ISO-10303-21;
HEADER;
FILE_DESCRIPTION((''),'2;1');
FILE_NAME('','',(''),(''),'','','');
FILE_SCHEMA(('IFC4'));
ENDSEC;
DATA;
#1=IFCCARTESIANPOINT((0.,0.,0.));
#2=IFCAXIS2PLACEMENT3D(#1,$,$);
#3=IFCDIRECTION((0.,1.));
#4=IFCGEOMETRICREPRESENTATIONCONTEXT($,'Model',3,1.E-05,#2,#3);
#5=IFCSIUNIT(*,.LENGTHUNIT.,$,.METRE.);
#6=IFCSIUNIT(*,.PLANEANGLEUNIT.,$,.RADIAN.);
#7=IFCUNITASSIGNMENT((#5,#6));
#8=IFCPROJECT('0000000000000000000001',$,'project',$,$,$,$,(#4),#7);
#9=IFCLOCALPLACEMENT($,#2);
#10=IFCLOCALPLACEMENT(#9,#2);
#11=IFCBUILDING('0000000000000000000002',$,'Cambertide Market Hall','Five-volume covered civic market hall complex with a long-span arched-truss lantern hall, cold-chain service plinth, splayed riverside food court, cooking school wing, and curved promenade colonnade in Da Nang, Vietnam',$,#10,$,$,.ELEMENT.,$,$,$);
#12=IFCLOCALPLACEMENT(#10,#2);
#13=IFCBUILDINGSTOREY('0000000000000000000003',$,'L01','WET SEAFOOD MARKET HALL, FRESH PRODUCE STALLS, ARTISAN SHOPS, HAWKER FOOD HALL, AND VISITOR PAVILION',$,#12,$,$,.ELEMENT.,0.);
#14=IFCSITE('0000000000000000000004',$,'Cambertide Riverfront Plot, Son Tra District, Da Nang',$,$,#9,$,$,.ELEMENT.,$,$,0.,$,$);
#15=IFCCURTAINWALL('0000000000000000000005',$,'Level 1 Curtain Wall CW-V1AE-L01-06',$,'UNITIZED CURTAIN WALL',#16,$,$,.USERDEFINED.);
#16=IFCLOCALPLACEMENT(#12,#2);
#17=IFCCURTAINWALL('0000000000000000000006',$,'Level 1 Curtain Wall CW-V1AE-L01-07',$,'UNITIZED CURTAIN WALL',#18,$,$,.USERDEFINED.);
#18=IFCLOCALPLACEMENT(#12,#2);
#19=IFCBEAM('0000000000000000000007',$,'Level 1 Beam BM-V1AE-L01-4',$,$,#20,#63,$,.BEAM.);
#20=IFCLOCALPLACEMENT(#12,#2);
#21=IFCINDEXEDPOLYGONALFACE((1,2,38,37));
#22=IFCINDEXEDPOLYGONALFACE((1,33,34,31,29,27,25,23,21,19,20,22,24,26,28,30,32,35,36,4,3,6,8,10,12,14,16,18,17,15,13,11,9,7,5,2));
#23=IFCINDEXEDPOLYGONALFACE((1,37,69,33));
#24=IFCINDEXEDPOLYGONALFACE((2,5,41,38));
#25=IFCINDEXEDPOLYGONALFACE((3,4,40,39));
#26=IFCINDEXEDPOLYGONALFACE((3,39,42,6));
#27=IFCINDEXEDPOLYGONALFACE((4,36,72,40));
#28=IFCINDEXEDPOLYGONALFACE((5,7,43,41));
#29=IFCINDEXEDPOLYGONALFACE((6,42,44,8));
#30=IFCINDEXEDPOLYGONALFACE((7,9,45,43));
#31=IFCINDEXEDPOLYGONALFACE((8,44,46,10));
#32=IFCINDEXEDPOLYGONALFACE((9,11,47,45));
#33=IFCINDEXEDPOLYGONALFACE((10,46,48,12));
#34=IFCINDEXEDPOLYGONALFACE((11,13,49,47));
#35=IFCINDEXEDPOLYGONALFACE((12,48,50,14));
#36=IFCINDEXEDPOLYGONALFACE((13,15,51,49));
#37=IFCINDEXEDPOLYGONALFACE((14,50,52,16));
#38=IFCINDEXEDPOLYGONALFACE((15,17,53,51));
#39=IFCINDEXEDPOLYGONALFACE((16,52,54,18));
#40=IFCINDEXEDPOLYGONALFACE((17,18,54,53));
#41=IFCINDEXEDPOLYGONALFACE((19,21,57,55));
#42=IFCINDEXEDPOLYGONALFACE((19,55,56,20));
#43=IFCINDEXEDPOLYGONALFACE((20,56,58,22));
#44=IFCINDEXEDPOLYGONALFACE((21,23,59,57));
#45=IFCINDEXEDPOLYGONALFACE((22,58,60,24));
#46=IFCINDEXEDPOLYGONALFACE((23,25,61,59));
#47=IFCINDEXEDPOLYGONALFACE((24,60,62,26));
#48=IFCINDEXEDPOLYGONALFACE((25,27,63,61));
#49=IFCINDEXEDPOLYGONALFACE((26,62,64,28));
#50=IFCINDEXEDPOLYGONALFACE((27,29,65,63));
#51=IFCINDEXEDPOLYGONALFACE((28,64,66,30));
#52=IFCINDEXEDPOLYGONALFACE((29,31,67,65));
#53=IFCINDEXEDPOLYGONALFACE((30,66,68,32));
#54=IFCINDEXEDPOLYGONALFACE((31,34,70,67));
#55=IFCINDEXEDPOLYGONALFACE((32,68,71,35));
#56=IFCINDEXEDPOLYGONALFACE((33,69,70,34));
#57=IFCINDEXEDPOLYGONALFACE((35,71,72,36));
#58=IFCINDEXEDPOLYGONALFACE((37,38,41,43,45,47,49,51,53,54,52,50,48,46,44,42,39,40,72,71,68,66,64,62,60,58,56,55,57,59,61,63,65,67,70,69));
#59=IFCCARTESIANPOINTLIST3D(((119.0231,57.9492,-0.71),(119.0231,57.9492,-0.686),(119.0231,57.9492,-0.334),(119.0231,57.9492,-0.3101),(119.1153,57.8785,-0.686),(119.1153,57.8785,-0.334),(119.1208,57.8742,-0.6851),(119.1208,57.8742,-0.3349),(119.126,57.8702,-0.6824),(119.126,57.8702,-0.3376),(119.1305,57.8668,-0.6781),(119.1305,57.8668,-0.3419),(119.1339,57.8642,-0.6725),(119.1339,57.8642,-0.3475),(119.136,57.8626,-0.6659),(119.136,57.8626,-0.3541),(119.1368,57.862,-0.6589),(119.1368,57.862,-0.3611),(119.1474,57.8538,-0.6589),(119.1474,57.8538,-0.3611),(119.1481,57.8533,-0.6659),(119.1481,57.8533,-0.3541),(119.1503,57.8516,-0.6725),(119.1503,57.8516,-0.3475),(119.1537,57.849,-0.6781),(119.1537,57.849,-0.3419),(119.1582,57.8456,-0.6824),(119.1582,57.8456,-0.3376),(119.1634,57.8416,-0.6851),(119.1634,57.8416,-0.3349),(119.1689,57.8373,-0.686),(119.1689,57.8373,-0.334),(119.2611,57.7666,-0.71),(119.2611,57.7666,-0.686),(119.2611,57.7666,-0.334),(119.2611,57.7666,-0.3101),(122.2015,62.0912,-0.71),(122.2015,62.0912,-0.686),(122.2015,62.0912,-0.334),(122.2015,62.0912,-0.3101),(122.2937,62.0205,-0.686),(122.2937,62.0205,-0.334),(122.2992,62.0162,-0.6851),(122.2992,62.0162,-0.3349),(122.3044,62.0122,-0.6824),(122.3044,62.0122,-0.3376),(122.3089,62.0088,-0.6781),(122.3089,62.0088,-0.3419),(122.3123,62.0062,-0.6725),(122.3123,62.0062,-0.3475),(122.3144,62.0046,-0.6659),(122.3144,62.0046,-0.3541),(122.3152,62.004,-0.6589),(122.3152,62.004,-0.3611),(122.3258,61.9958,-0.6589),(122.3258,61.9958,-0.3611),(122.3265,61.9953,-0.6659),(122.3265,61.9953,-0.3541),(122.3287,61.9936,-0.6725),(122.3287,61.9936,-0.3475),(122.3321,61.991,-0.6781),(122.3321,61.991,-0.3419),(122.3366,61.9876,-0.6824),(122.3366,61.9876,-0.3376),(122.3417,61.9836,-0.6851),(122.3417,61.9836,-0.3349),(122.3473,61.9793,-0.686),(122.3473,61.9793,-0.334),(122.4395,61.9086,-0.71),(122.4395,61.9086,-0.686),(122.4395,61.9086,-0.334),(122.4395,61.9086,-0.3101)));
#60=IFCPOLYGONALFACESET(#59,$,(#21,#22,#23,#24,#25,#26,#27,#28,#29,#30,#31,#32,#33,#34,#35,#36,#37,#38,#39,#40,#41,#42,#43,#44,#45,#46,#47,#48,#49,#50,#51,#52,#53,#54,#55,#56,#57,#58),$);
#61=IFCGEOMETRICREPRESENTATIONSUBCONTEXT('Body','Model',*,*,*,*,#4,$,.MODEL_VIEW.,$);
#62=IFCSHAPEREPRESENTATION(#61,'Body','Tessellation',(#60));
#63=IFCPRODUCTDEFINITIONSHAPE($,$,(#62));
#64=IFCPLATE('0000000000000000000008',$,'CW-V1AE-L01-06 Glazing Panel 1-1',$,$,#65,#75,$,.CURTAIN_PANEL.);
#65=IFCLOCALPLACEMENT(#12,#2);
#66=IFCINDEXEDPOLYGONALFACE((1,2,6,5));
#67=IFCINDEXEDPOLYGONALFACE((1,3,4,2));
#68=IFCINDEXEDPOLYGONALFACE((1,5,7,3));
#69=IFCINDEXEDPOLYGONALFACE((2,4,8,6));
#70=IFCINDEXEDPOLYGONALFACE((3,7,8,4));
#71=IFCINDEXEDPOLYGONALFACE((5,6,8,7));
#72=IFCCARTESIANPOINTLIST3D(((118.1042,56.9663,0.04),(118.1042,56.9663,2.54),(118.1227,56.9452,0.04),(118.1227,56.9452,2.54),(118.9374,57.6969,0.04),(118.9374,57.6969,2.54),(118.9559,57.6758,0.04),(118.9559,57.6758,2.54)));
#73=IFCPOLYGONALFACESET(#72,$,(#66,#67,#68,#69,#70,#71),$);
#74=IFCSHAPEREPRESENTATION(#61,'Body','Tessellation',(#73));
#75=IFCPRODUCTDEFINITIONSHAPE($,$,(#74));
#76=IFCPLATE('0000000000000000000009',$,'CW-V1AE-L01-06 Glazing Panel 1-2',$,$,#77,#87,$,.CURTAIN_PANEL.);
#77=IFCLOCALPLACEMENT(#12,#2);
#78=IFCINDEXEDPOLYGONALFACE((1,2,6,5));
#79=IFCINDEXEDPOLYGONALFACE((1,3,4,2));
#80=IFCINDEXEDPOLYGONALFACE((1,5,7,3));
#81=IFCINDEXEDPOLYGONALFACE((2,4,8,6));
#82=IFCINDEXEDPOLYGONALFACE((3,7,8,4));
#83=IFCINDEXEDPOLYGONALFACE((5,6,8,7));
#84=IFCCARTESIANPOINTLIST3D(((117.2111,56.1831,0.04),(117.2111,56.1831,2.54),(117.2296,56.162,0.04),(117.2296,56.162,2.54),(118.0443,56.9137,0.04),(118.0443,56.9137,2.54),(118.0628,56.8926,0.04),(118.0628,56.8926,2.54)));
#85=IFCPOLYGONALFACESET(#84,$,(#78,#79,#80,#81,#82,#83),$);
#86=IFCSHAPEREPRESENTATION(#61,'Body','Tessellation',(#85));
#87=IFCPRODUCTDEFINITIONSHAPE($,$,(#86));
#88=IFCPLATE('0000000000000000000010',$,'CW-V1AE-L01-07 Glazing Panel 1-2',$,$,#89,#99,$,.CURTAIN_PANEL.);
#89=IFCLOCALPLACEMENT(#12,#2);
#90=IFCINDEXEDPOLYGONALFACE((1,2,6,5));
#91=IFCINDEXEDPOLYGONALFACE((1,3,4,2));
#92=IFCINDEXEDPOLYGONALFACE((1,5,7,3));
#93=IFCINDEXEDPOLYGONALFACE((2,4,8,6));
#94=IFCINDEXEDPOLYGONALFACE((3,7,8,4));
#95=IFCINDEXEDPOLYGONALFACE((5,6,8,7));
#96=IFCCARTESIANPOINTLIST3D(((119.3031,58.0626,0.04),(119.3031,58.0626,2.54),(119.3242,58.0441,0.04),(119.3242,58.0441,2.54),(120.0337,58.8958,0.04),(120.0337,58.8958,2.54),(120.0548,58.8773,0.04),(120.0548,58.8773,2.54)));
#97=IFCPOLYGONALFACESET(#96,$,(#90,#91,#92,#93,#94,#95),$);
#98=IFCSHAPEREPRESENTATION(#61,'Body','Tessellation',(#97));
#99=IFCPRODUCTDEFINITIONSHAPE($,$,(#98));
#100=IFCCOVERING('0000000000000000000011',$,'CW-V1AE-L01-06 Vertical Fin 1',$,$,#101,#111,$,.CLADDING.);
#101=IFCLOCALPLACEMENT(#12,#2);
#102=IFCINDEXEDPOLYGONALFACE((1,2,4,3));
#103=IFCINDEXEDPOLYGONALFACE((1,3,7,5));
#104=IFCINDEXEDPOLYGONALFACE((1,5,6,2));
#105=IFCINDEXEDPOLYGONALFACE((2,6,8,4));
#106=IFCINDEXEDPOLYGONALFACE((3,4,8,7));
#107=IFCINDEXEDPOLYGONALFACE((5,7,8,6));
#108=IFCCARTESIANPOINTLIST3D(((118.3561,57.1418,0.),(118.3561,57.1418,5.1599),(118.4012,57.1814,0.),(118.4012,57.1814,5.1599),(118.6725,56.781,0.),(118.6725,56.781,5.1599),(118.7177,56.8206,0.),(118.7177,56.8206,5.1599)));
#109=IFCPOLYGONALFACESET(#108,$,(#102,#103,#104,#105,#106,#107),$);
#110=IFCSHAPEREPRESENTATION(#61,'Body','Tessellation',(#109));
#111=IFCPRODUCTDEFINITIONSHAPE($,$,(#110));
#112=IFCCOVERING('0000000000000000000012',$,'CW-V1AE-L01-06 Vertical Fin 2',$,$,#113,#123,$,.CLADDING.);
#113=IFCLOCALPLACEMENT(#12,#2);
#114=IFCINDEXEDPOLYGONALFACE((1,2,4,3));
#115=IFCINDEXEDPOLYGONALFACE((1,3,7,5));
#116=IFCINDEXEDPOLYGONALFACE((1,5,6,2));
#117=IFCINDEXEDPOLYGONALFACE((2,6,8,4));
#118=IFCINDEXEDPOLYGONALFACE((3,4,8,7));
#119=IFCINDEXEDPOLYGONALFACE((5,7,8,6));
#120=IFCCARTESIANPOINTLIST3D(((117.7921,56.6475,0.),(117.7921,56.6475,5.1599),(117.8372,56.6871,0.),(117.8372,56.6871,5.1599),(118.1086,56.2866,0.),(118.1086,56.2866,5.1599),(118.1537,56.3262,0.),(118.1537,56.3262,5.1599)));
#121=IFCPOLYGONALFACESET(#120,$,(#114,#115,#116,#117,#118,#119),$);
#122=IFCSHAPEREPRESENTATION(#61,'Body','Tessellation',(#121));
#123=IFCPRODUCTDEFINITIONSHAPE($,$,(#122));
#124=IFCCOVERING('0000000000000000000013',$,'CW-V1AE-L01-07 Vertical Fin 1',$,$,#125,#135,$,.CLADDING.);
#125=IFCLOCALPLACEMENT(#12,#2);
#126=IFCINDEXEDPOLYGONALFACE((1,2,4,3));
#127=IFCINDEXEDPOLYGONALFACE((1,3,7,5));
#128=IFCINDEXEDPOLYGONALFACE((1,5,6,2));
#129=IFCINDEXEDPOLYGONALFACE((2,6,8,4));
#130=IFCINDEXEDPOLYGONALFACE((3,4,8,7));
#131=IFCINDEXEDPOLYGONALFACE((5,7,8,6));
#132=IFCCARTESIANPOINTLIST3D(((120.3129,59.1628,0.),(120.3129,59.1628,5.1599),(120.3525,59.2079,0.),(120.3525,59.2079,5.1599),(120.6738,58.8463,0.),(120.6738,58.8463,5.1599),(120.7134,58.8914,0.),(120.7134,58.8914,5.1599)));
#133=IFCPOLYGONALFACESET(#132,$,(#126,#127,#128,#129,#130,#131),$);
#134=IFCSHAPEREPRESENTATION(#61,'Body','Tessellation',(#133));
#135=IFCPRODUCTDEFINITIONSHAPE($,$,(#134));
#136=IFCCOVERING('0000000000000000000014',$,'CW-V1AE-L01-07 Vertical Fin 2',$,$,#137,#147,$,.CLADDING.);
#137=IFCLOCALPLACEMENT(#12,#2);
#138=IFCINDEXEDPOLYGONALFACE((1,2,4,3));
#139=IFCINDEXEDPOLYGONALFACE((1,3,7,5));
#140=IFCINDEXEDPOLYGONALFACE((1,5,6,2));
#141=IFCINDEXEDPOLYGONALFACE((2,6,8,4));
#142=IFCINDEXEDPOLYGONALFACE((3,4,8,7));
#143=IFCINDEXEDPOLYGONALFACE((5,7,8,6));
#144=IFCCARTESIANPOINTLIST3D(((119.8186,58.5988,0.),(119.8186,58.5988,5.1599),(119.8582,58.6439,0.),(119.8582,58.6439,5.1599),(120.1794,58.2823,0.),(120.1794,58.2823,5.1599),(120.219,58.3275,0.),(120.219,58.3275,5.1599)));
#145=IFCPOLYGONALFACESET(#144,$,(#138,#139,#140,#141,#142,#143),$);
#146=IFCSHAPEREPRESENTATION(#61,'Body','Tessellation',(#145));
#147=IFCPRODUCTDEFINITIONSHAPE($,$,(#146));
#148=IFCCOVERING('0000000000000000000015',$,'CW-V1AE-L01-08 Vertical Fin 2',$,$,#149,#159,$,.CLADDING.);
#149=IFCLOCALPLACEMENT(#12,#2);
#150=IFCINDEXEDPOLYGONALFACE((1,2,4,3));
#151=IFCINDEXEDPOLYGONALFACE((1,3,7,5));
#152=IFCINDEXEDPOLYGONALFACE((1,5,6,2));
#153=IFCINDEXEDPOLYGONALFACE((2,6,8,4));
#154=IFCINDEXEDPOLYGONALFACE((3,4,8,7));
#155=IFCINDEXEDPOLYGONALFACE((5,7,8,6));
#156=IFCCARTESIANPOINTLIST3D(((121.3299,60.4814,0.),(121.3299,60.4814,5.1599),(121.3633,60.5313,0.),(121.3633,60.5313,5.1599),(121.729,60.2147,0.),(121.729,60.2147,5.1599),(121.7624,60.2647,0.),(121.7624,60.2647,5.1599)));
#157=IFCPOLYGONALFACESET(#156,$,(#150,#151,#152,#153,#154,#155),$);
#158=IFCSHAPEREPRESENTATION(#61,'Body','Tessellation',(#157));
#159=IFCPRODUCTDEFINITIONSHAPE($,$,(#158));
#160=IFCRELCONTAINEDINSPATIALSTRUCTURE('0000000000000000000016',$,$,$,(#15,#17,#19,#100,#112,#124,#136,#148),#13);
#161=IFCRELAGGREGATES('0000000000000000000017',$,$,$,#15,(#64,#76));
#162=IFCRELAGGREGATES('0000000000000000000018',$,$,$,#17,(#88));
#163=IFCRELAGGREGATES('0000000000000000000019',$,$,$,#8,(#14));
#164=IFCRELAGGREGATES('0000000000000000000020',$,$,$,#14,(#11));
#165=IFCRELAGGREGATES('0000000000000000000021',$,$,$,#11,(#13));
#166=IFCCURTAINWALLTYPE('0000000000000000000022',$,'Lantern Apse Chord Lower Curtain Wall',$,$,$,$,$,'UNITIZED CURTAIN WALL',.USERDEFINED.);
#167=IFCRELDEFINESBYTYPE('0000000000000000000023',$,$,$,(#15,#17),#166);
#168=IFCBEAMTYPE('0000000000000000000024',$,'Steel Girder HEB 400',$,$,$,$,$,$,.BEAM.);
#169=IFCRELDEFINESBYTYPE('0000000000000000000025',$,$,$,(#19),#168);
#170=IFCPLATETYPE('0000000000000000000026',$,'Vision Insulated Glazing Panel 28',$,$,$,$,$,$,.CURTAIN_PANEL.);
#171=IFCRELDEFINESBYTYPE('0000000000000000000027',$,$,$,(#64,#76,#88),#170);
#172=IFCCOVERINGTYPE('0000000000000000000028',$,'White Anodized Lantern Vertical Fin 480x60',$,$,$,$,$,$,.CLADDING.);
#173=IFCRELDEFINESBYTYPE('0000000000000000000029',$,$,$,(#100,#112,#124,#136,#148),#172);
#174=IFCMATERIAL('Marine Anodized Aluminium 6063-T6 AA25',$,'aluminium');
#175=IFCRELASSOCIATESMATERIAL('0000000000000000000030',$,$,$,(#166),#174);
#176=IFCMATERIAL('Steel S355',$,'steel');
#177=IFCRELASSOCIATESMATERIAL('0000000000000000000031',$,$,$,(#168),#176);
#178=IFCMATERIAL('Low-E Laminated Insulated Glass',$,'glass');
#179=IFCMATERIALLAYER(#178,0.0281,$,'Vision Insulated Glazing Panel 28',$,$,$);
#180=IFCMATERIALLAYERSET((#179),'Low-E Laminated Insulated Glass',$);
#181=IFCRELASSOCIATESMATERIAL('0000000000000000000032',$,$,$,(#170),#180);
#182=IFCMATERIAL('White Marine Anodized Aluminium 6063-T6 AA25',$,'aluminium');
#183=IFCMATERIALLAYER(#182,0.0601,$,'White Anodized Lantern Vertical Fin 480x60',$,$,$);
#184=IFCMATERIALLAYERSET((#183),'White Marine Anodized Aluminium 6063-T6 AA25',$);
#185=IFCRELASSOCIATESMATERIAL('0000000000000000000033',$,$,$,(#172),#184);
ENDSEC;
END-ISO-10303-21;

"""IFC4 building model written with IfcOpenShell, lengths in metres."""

from ifc_helpers import new_model, si_unit, direction, frame, origin, origin_2d, place, context, subcontext, project, spatial, rectangle, i_section, extrude, material, layer, layer_set, material_profile, profile_set, type_object, element, aggregate, save


model = new_model("IFC4")

# Units and contexts
model_context = context("Model", 3, precision=1e-05, world=origin(), true_north=direction((0.0, 1.0)))
body_context = subcontext(model_context, "Body", "Model", "MODEL_VIEW")
ifc_project = project(units=[si_unit("LENGTHUNIT", "METRE"), si_unit("PLANEANGLEUNIT", "RADIAN")], contexts=[model_context])

# Site, building, storey
site_placement = place(None, origin())
site = spatial("IfcSite", under=ifc_project, at=site_placement, Name="Cambertide Riverfront Plot, Son Tra District, Da Nang", CompositionType="ELEMENT", RefElevation=0.0)
building_placement = place(site_placement, origin())
building = spatial("IfcBuilding", under=site, at=building_placement, Name="Cambertide Market Hall", Description="Five-volume covered civic market hall complex with a long-span arched-truss lantern hall, cold-chain service plinth, splayed riverside food court, cooking school wing, and curved promenade colonnade in Da Nang, Vietnam", CompositionType="ELEMENT")
storey_placement = place(building_placement, origin())
storey = spatial("IfcBuildingStorey", under=building, at=storey_placement, Name="L01", Description="WET SEAFOOD MARKET HALL, FRESH PRODUCE STALLS, ARTISAN SHOPS, HAWKER FOOD HALL, AND VISITOR PAVILION", CompositionType="ELEMENT", Elevation=0.0)

# Shared definitions
ifc_material_1 = material(Name="Marine Anodized Aluminium 6063-T6 AA25", Category="aluminium")
curtain_wall_type = type_object("IfcCurtainWallType", Name="Lantern Apse Chord Lower Curtain Wall", ElementType="UNITIZED CURTAIN WALL", PredefinedType="USERDEFINED", material=ifc_material_1)

# Curtain walls
curtain_wall_1_placement = place(storey_placement, origin())
curtain_wall_1 = element("IfcCurtainWall", 1, at=curtain_wall_1_placement, inside=storey, type_object=curtain_wall_type, Name="Level 1 Curtain Wall CW-V1AE-L01-06", ObjectType="UNITIZED CURTAIN WALL", PredefinedType="USERDEFINED")
curtain_wall_2_placement = place(storey_placement, origin())
curtain_wall_2 = element("IfcCurtainWall", 2, at=curtain_wall_2_placement, inside=storey, type_object=curtain_wall_type, Name="Level 1 Curtain Wall CW-V1AE-L01-07", ObjectType="UNITIZED CURTAIN WALL", PredefinedType="USERDEFINED")

# Beam
ifc_material_2 = material(Name="Steel S355", Category="steel")
ifc_material_profile_1 = material_profile(ifc_material_2, i_section(OverallWidth=0.3, OverallDepth=0.3999, WebThickness=0.0134, FlangeThickness=0.0239, FilletRadius=0.0271, at=origin_2d()), Name="HEB 400")
ifc_profile_set_1 = profile_set([ifc_material_profile_1], Name="Steel S355")
beam_type_1 = type_object("IfcBeamType", Name="Steel Girder HEB 400", PredefinedType="BEAM", material=ifc_profile_set_1)
beam_1_placement = place(storey_placement, frame((119.1421, 57.8579, -0.51), z_axis=(0.608777, 0.793341, 0.0), x_axis=(-0.793341, 0.608777, 0.0)))
element("IfcBeam", 3, at=beam_1_placement, inside=storey, type_object=beam_type_1, Name="Level 1 Beam BM-V1AE-L01-4", PredefinedType="BEAM", context=body_context, shape_type="SweptSolid", body=[
    extrude(i_section(OverallWidth=0.3, OverallDepth=0.3999, WebThickness=0.0134, FlangeThickness=0.0239, FilletRadius=0.0271, at=origin_2d()), origin(), (0.0, 0.0, 1.0), 5.2209),
])

# Plates
ifc_material_3 = material(Name="Low-E Laminated Insulated Glass", Category="glass")
ifc_layer_1 = layer(ifc_material_3, 0.0281, Name="Vision Insulated Glazing Panel 28")
ifc_layer_set_1 = layer_set([ifc_layer_1], Name="Low-E Laminated Insulated Glass")
plate_type = type_object("IfcPlateType", Name="Vision Insulated Glazing Panel 28", PredefinedType="CURTAIN_PANEL", material=ifc_layer_set_1)
plate_1_placement = place(storey_placement, frame((118.53, 57.321, 0.04), z_axis=(0.0, 0.0, 1.0), x_axis=(-0.75184, -0.659346, 0.0)))
plate_1 = element("IfcPlate", 4, at=plate_1_placement, type_object=plate_type, Name="CW-V1AE-L01-06 Glazing Panel 1-1", PredefinedType="CURTAIN_PANEL", context=body_context, shape_type="SweptSolid", body=[
    extrude(rectangle(XDim=1.1082, YDim=0.0281, at=origin_2d()), origin(), (0.0, 0.0, 1.0), 2.5),
])
plate_2_placement = place(storey_placement, frame((117.637, 56.5378, 0.04), z_axis=(0.0, 0.0, 1.0), x_axis=(-0.75184, -0.659346, 0.0)))
plate_2 = element("IfcPlate", 5, at=plate_2_placement, type_object=plate_type, Name="CW-V1AE-L01-06 Glazing Panel 1-2", PredefinedType="CURTAIN_PANEL", context=body_context, shape_type="SweptSolid", body=[
    extrude(rectangle(XDim=1.1082, YDim=0.0281, at=origin_2d()), origin(), (0.0, 0.0, 1.0), 2.5),
])
aggregate(curtain_wall_1, [plate_1, plate_2])
plate_3_placement = place(storey_placement, frame((119.679, 58.47, 0.04), z_axis=(0.0, 0.0, 1.0), x_axis=(-0.659346, -0.75184, 0.0)))
plate_3 = element("IfcPlate", 6, at=plate_3_placement, type_object=plate_type, Name="CW-V1AE-L01-07 Glazing Panel 1-2", PredefinedType="CURTAIN_PANEL", context=body_context, shape_type="SweptSolid", body=[
    extrude(rectangle(XDim=1.1082, YDim=0.0281, at=origin_2d()), origin(), (0.0, 0.0, 1.0), 2.5),
])
aggregate(curtain_wall_2, [plate_3])

# Coverings
ifc_material_4 = material(Name="White Marine Anodized Aluminium 6063-T6 AA25", Category="aluminium")
ifc_layer_2 = layer(ifc_material_4, 0.0601, Name="White Anodized Lantern Vertical Fin 480x60")
ifc_layer_set_2 = layer_set([ifc_layer_2], Name="White Marine Anodized Aluminium 6063-T6 AA25")
covering_type = type_object("IfcCoveringType", Name="White Anodized Lantern Vertical Fin 480x60", PredefinedType="CLADDING", material=ifc_layer_set_2)
for number, where, z_axis, x_axis, name in (
    (7, (118.5369, 56.9812, 0.0), (0.0, 0.0, 1.0), (-0.75184, -0.659346, 0.0), "CW-V1AE-L01-06 Vertical Fin 1"),
    (8, (117.9729, 56.4868, 0.0), (0.0, 0.0, 1.0), (-0.75184, -0.659346, 0.0), "CW-V1AE-L01-06 Vertical Fin 2"),
    (9, (120.5132, 59.0271, 0.0), (0.0, 0.0, 1.0), (-0.659346, -0.75184, 0.0), "CW-V1AE-L01-07 Vertical Fin 1"),
    (10, (120.0188, 58.4631, 0.0), (0.0, 0.0, 1.0), (-0.659346, -0.75184, 0.0), "CW-V1AE-L01-07 Vertical Fin 2"),
    (11, (121.5461, 60.373, 0.0), (0.0, 0.0, 1.0), (-0.55557, -0.83147, 0.0), "CW-V1AE-L01-08 Vertical Fin 2"),
):
    element("IfcCovering", number, at=place(storey_placement, frame(where, z_axis=z_axis, x_axis=x_axis)), inside=storey, type_object=covering_type, Name=name, PredefinedType="CLADDING", context=body_context, shape_type="SweptSolid", body=[
        extrude(rectangle(XDim=0.0601, YDim=0.48, at=origin_2d()), origin(), (0.0, 0.0, 1.0), 5.1599),
    ])

save(model, "model.ifc")
